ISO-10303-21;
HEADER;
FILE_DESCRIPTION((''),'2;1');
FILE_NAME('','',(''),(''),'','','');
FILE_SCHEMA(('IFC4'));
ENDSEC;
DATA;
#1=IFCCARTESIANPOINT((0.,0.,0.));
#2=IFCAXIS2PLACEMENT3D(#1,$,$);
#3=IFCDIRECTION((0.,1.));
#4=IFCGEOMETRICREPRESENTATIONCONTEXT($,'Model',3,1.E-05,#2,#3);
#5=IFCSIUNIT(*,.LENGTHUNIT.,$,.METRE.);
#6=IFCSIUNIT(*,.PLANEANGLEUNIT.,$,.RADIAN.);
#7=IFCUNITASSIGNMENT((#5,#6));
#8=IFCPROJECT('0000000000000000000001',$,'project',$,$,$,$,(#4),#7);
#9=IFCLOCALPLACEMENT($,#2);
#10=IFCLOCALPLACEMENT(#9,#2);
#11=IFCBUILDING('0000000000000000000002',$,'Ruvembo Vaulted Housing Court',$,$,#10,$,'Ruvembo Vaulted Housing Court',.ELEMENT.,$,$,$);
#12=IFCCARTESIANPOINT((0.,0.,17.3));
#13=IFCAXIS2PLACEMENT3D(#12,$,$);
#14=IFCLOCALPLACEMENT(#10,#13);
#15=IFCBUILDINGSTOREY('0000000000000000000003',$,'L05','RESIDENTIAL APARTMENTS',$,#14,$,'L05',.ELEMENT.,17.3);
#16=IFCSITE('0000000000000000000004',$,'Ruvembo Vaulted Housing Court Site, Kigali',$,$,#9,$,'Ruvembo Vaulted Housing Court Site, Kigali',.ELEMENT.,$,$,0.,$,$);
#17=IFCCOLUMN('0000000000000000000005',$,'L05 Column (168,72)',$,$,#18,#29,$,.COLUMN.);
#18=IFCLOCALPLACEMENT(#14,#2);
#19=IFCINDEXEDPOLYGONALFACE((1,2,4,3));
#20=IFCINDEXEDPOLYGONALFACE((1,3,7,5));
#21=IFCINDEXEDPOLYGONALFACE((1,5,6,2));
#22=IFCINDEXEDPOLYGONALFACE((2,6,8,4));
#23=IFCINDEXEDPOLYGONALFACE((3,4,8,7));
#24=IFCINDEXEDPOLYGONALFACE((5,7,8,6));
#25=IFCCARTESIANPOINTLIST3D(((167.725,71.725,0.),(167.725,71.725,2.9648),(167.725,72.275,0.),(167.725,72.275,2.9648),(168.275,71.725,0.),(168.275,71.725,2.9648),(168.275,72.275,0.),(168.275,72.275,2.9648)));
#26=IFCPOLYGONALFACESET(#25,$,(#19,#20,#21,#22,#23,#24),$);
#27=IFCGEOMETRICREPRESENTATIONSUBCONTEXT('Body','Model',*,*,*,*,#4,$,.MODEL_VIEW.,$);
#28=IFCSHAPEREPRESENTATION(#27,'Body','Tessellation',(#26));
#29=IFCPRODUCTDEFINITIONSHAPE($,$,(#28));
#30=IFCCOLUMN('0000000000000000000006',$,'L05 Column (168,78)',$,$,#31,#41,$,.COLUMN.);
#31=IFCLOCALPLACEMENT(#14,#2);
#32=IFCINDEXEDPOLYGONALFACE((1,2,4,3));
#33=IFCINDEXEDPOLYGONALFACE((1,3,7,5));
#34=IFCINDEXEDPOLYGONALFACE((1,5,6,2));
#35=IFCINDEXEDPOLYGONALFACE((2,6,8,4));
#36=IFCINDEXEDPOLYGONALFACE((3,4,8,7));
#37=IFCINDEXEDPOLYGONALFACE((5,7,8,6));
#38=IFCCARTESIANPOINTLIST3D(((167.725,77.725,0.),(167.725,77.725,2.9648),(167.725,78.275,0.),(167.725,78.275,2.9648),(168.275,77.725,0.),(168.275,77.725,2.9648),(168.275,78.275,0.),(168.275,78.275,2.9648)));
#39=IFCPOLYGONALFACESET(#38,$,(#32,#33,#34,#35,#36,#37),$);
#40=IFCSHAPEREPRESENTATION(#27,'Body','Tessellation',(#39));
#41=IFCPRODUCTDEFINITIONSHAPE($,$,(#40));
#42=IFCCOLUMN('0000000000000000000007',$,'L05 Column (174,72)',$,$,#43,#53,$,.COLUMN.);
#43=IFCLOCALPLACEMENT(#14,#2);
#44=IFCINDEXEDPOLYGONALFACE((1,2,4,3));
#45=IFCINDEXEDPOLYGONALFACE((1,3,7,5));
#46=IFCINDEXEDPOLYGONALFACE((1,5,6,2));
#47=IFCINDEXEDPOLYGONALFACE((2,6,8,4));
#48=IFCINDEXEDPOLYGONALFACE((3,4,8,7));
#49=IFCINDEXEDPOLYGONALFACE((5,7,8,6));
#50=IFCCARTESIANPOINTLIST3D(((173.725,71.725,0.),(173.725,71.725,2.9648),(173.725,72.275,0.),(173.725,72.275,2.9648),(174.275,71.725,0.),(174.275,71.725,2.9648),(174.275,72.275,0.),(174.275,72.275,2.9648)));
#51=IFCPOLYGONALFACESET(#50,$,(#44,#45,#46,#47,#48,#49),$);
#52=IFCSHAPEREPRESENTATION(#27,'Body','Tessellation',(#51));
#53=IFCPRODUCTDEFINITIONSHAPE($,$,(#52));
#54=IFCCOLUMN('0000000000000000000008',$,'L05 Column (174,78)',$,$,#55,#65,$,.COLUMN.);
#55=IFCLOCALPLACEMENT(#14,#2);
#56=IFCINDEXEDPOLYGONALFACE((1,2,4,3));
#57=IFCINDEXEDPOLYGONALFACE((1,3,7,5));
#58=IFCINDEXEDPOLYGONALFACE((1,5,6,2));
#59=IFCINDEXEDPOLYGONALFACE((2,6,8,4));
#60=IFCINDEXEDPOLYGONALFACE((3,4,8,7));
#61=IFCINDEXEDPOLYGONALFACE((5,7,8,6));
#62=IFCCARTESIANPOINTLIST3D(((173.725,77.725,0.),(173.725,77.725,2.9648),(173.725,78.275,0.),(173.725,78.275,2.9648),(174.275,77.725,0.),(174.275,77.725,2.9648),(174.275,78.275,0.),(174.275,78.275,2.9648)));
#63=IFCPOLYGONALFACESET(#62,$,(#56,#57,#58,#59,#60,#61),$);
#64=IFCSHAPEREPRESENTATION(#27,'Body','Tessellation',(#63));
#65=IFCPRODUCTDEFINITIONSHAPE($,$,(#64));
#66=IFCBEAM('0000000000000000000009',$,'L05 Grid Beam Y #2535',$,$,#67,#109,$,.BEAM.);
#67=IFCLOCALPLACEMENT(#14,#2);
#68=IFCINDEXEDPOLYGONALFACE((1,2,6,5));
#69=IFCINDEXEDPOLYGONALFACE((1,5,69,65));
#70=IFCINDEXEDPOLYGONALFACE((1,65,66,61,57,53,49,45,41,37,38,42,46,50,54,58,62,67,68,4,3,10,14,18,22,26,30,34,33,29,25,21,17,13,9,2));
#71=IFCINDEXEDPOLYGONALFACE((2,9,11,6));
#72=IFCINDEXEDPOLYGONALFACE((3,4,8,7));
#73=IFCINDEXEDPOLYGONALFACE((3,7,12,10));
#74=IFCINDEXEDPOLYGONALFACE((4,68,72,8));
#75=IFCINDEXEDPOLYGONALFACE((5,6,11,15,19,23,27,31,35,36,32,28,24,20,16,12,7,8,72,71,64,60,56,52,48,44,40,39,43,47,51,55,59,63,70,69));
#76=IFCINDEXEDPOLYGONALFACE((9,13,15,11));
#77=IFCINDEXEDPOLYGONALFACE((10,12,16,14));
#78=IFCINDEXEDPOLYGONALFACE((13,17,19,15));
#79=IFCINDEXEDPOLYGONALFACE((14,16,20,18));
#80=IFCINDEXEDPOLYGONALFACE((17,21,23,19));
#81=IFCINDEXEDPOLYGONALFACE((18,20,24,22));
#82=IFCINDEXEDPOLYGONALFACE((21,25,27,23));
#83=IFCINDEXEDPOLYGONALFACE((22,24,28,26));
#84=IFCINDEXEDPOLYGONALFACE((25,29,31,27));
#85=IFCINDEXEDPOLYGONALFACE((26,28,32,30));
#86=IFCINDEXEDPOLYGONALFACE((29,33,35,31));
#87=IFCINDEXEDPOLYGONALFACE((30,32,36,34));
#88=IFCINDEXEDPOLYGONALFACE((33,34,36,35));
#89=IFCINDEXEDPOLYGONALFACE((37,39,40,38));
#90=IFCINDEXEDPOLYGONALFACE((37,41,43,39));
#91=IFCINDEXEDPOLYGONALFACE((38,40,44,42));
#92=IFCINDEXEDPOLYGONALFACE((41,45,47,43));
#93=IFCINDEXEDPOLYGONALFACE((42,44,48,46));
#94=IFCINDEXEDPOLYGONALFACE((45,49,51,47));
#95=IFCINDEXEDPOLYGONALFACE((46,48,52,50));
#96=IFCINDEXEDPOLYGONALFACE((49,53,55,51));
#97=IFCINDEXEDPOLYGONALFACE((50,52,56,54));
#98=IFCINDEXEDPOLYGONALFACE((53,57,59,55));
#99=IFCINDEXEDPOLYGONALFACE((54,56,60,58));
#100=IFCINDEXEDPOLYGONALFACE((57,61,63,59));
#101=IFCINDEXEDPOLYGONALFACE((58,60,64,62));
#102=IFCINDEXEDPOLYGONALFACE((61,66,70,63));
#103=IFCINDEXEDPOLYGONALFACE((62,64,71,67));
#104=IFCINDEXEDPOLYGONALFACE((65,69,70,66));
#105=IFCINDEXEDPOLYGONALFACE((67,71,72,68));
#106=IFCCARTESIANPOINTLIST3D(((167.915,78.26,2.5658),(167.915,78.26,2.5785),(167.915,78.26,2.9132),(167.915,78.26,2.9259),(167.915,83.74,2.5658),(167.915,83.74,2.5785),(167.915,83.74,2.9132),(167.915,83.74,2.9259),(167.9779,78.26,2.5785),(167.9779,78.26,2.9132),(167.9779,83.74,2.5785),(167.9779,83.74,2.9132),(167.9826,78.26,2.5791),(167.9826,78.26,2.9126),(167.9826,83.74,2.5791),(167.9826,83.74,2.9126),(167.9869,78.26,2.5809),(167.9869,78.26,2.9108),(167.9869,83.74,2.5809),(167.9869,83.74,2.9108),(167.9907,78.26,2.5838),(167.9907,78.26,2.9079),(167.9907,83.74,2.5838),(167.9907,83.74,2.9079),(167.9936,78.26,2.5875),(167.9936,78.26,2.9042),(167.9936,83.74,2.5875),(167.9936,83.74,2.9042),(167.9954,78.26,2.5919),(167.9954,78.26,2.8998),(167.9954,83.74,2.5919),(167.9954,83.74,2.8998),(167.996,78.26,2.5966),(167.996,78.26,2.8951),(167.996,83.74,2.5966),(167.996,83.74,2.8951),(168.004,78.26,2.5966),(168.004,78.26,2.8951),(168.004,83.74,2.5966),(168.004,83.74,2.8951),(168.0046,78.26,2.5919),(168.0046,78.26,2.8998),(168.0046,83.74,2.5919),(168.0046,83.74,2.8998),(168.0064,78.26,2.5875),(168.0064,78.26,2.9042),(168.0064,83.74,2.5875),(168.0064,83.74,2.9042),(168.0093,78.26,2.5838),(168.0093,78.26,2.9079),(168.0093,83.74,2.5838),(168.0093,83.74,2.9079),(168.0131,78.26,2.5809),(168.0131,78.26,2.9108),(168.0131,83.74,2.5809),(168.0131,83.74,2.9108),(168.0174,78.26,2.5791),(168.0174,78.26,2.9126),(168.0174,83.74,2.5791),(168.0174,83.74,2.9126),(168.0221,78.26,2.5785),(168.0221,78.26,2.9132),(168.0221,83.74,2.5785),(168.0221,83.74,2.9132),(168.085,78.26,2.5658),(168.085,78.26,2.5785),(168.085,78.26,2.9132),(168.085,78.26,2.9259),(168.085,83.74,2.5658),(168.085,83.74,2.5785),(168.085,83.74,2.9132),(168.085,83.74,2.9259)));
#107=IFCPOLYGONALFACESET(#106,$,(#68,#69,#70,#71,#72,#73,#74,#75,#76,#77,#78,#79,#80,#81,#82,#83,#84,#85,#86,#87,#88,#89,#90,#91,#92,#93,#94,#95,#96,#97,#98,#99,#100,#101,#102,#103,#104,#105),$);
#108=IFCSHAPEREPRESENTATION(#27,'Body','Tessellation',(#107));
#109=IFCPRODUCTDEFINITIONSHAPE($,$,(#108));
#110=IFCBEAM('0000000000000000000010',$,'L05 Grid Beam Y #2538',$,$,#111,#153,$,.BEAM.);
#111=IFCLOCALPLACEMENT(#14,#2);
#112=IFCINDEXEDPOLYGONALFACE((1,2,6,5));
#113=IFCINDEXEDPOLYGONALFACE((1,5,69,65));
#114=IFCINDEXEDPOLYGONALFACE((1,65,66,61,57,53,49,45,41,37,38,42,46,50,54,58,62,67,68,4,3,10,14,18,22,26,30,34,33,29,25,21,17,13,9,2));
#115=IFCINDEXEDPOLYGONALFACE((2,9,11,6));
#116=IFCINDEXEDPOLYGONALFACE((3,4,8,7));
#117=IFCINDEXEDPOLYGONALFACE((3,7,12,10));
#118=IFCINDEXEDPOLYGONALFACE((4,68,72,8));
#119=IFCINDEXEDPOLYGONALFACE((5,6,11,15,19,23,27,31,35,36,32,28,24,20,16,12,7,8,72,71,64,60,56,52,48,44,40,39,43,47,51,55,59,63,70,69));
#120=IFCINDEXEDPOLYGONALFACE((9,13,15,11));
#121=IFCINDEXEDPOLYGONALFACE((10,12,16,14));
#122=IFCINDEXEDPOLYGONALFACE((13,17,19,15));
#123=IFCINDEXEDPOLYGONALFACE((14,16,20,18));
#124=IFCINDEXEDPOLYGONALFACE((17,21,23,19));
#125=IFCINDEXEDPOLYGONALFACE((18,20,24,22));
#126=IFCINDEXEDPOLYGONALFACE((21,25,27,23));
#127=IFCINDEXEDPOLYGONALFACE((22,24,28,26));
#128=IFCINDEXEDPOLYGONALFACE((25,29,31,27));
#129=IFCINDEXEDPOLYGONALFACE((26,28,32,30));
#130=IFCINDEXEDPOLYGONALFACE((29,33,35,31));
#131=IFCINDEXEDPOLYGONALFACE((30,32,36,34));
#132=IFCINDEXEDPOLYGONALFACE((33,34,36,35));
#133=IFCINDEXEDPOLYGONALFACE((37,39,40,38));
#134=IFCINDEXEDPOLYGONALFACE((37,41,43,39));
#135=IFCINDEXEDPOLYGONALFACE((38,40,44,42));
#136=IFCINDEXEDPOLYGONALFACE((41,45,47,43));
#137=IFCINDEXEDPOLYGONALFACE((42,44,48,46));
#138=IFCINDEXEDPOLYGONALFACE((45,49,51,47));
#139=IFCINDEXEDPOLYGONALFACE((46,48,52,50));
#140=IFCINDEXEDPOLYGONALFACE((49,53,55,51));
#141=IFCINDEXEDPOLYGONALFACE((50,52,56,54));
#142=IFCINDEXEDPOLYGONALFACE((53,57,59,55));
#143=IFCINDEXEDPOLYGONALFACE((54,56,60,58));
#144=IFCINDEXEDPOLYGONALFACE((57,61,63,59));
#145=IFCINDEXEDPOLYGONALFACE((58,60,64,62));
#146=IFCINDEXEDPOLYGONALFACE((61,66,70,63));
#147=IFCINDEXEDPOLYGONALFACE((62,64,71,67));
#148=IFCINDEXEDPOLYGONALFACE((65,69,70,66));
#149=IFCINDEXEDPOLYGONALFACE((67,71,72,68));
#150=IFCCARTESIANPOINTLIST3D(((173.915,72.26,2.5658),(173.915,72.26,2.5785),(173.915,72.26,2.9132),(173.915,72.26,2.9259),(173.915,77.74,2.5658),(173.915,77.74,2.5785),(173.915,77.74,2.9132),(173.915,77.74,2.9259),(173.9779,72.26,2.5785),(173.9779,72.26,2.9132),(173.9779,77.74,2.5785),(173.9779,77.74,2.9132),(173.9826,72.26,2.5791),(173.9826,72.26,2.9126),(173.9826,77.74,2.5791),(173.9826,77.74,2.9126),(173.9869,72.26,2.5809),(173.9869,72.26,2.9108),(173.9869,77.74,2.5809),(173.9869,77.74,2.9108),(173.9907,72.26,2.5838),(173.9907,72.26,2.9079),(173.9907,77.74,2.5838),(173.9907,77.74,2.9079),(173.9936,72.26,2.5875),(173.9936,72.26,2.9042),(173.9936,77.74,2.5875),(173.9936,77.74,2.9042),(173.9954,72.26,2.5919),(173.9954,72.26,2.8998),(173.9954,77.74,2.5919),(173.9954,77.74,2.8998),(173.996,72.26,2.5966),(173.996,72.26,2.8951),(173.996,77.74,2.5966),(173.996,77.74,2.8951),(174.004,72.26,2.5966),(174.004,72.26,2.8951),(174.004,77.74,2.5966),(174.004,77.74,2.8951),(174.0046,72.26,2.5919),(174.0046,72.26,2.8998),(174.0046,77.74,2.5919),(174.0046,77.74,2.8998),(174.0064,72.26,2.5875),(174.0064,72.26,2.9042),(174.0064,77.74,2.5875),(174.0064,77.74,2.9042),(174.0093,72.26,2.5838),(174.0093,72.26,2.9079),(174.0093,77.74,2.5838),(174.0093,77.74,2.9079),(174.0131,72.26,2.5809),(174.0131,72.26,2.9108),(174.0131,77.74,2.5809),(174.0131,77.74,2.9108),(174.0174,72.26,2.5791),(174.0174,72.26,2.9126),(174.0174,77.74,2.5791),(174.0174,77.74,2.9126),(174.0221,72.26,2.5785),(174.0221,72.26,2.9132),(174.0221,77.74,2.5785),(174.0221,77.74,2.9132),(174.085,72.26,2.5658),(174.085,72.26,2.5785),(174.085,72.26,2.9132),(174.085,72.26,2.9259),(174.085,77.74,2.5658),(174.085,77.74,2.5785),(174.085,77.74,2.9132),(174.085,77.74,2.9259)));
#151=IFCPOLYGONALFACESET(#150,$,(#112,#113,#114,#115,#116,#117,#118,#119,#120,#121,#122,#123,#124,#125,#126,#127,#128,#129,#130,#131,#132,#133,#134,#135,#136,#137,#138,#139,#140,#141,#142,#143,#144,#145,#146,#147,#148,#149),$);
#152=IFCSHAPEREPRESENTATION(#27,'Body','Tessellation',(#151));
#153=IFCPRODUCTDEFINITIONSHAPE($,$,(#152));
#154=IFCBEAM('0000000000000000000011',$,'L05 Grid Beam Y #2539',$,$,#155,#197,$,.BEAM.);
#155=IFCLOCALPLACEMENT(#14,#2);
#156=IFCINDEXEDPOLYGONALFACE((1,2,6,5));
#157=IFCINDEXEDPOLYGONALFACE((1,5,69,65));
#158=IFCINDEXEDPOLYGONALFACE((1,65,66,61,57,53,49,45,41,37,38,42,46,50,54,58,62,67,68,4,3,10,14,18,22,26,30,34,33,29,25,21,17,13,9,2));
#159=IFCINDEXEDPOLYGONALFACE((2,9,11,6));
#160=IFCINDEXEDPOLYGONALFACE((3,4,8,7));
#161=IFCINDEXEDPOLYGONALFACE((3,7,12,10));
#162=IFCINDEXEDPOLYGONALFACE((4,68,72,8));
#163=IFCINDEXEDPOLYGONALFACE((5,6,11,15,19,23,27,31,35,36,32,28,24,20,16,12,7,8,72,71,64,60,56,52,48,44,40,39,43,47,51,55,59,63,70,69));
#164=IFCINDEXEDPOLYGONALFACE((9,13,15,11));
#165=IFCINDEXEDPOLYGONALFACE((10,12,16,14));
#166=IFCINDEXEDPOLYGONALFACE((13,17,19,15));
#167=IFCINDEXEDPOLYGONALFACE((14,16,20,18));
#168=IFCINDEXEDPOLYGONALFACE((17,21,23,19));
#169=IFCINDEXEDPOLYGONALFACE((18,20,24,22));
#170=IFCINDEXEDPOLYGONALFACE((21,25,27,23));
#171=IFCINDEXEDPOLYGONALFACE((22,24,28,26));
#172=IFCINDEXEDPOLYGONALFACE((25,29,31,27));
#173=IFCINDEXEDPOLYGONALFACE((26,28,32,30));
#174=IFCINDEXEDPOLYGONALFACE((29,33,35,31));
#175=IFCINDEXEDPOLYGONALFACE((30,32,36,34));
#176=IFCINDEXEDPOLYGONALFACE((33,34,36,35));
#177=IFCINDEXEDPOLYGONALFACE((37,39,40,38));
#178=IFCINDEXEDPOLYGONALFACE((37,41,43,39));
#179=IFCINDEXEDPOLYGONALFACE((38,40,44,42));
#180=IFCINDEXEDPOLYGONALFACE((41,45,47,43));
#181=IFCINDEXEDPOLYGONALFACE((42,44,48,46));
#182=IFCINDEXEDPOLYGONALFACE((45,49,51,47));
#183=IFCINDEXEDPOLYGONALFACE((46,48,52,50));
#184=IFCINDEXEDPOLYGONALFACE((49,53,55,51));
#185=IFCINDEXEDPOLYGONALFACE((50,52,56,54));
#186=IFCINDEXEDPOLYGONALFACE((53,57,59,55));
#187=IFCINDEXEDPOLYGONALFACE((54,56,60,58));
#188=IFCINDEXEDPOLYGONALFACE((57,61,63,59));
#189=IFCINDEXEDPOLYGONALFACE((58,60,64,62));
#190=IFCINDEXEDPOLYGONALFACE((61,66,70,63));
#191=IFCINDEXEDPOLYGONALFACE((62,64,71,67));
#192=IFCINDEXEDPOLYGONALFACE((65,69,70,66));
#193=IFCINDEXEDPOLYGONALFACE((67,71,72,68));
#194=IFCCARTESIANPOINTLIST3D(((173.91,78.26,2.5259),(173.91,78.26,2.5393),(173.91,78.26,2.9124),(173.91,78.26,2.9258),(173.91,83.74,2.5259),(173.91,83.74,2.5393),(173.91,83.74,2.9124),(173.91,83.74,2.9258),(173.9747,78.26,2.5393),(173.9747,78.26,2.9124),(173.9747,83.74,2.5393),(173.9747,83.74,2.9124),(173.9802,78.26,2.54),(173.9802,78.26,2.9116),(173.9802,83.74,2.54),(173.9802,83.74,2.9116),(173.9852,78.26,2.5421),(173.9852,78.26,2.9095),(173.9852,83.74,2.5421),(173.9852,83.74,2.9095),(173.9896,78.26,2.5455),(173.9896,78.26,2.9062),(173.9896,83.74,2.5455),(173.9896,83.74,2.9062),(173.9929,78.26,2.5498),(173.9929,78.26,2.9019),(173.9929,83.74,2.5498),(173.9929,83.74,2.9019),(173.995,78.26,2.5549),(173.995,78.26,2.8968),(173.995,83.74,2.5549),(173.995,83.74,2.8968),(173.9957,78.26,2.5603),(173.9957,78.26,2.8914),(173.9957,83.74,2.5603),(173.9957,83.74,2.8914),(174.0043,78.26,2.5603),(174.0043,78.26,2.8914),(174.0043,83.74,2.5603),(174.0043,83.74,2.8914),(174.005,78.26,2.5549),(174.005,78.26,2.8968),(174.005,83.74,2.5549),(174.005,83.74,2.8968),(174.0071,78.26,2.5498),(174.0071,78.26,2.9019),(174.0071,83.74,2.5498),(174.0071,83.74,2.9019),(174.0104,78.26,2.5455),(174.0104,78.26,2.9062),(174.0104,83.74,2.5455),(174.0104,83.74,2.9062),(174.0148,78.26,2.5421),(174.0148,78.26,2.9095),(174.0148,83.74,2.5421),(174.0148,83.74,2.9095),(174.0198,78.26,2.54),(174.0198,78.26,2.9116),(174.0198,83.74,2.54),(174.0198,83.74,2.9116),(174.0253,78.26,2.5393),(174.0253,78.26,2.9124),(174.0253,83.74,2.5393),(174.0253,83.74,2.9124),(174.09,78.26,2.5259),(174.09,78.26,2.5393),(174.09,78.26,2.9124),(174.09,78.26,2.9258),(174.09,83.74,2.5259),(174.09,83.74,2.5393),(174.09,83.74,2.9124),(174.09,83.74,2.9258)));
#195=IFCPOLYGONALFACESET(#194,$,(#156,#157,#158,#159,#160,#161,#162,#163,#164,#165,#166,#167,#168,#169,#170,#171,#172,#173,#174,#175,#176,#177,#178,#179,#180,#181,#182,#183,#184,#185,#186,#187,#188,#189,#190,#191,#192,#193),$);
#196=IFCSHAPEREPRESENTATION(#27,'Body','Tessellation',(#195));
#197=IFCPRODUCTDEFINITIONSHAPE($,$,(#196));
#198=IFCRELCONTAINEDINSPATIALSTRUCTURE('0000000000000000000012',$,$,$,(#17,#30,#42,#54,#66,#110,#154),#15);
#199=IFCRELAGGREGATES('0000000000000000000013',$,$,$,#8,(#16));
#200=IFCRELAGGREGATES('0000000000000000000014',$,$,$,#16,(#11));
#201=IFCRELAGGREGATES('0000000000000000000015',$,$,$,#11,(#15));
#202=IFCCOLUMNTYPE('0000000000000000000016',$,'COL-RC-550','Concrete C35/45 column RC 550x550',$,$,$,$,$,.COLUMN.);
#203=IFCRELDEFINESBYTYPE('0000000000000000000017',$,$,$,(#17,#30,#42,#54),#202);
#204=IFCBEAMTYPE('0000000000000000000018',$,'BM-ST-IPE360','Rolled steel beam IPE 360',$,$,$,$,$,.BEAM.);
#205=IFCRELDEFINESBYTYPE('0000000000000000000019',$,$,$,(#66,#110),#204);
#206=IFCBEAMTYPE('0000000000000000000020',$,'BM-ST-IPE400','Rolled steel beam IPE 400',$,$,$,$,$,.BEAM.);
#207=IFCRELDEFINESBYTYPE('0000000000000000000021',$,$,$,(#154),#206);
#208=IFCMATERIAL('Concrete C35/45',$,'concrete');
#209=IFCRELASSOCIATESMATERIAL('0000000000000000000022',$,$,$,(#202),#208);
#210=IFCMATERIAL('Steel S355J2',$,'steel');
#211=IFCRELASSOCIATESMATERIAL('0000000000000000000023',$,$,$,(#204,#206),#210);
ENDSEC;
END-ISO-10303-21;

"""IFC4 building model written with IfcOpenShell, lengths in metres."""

from ifc_helpers import new_model, si_unit, direction, frame, origin, origin_2d, place, context, subcontext, project, spatial, rectangle, i_section, extrude, material, material_profile, profile_set, type_object, element, save


model = new_model("IFC4")

# Units and contexts
model_context = context("Model", 3, precision=1e-05, world=origin(), true_north=direction((0.0, 1.0)))
body_context = subcontext(model_context, "Body", "Model", "MODEL_VIEW")
ifc_project = project(units=[si_unit("LENGTHUNIT", "METRE"), si_unit("PLANEANGLEUNIT", "RADIAN")], contexts=[model_context])

# Site, building, storey
site_placement = place(None, origin())
site = spatial("IfcSite", under=ifc_project, at=site_placement, Name="Ruvembo Vaulted Housing Court Site, Kigali", LongName="Ruvembo Vaulted Housing Court Site, Kigali", CompositionType="ELEMENT", RefElevation=0.0)
building_placement = place(site_placement, origin())
building = spatial("IfcBuilding", under=site, at=building_placement, Name="Ruvembo Vaulted Housing Court", LongName="Ruvembo Vaulted Housing Court", CompositionType="ELEMENT")
storey_placement = place(building_placement, frame((0.0, 0.0, 17.3)))
storey = spatial("IfcBuildingStorey", under=building, at=storey_placement, Name="L05", Description="RESIDENTIAL APARTMENTS", LongName="L05", CompositionType="ELEMENT", Elevation=17.3)

# Columns
ifc_material_1 = material(Name="Concrete C35/45", Category="concrete")
ifc_material_profile_1 = material_profile(ifc_material_1, rectangle(XDim=0.55, YDim=0.55, at=origin_2d()), Name="RC 550x550")
ifc_profile_set_1 = profile_set([ifc_material_profile_1], Name="Concrete C35/45")
column_type = type_object("IfcColumnType", Name="COL-RC-550", Description="Concrete C35/45 column RC 550x550", PredefinedType="COLUMN", material=ifc_profile_set_1)
for number, where, z_axis, x_axis, name in (
    (1, (168.0, 72.0, 0.0), (0.0, 0.0, 1.0), (1.0, 0.0, 0.0), "L05 Column (168,72)"),
    (2, (168.0, 78.0, 0.0), (0.0, 0.0, 1.0), (1.0, 0.0, 0.0), "L05 Column (168,78)"),
    (3, (174.0, 72.0, 0.0), (0.0, 0.0, 1.0), (1.0, 0.0, 0.0), "L05 Column (174,72)"),
    (4, (174.0, 78.0, 0.0), (0.0, 0.0, 1.0), (1.0, 0.0, 0.0), "L05 Column (174,78)"),
):
    element("IfcColumn", number, at=place(storey_placement, frame(where, z_axis=z_axis, x_axis=x_axis)), inside=storey, type_object=column_type, Name=name, PredefinedType="COLUMN", context=body_context, shape_type="SweptSolid", body=[
        extrude(rectangle(XDim=0.55, YDim=0.55, at=origin_2d()), origin(), (0.0, 0.0, 1.0), 2.9648),
    ])

# Beams
ifc_material_2 = material(Name="Steel S355J2", Category="steel")
ifc_material_profile_2 = material_profile(ifc_material_2, i_section(OverallWidth=0.1699, OverallDepth=0.3601, WebThickness=0.0081, FlangeThickness=0.0127, FilletRadius=0.0181, at=origin_2d()), Name="IPE 360")
ifc_profile_set_2 = profile_set([ifc_material_profile_2], Name="Steel S355J2")
beam_type_1 = type_object("IfcBeamType", Name="BM-ST-IPE360", Description="Rolled steel beam IPE 360", PredefinedType="BEAM", material=ifc_profile_set_2)
for number, where, z_axis, x_axis, name in (
    (5, (168.0, 78.26, 2.7458), (0.0, 1.0, 0.0), (-1.0, 0.0, 0.0), "L05 Grid Beam Y #2535"),
    (6, (174.0, 72.26, 2.7458), (0.0, 1.0, 0.0), (-1.0, 0.0, 0.0), "L05 Grid Beam Y #2538"),
):
    element("IfcBeam", number, at=place(storey_placement, frame(where, z_axis=z_axis, x_axis=x_axis)), inside=storey, type_object=beam_type_1, Name=name, PredefinedType="BEAM", context=body_context, shape_type="SweptSolid", body=[
        extrude(i_section(OverallWidth=0.1699, OverallDepth=0.3601, WebThickness=0.0081, FlangeThickness=0.0127, FilletRadius=0.0181, at=origin_2d()), origin(), (0.0, 0.0, 1.0), 5.48),
    ])
ifc_material_profile_3 = material_profile(ifc_material_2, i_section(OverallWidth=0.1799, OverallDepth=0.3999, WebThickness=0.0085, FlangeThickness=0.0134, FilletRadius=0.021, at=origin_2d()), Name="IPE 400")
ifc_profile_set_3 = profile_set([ifc_material_profile_3], Name="Steel S355J2")
beam_type_2 = type_object("IfcBeamType", Name="BM-ST-IPE400", Description="Rolled steel beam IPE 400", PredefinedType="BEAM", material=ifc_profile_set_3)
beam_1_placement = place(storey_placement, frame((174.0, 78.26, 2.7258), z_axis=(0.0, 1.0, 0.0), x_axis=(-1.0, 0.0, 0.0)))
element("IfcBeam", 7, at=beam_1_placement, inside=storey, type_object=beam_type_2, Name="L05 Grid Beam Y #2539", PredefinedType="BEAM", context=body_context, shape_type="SweptSolid", body=[
    extrude(i_section(OverallWidth=0.1799, OverallDepth=0.3999, WebThickness=0.0085, FlangeThickness=0.0134, FilletRadius=0.021, at=origin_2d()), origin(), (0.0, 0.0, 1.0), 5.48),
])

save(model, "model.ifc")
